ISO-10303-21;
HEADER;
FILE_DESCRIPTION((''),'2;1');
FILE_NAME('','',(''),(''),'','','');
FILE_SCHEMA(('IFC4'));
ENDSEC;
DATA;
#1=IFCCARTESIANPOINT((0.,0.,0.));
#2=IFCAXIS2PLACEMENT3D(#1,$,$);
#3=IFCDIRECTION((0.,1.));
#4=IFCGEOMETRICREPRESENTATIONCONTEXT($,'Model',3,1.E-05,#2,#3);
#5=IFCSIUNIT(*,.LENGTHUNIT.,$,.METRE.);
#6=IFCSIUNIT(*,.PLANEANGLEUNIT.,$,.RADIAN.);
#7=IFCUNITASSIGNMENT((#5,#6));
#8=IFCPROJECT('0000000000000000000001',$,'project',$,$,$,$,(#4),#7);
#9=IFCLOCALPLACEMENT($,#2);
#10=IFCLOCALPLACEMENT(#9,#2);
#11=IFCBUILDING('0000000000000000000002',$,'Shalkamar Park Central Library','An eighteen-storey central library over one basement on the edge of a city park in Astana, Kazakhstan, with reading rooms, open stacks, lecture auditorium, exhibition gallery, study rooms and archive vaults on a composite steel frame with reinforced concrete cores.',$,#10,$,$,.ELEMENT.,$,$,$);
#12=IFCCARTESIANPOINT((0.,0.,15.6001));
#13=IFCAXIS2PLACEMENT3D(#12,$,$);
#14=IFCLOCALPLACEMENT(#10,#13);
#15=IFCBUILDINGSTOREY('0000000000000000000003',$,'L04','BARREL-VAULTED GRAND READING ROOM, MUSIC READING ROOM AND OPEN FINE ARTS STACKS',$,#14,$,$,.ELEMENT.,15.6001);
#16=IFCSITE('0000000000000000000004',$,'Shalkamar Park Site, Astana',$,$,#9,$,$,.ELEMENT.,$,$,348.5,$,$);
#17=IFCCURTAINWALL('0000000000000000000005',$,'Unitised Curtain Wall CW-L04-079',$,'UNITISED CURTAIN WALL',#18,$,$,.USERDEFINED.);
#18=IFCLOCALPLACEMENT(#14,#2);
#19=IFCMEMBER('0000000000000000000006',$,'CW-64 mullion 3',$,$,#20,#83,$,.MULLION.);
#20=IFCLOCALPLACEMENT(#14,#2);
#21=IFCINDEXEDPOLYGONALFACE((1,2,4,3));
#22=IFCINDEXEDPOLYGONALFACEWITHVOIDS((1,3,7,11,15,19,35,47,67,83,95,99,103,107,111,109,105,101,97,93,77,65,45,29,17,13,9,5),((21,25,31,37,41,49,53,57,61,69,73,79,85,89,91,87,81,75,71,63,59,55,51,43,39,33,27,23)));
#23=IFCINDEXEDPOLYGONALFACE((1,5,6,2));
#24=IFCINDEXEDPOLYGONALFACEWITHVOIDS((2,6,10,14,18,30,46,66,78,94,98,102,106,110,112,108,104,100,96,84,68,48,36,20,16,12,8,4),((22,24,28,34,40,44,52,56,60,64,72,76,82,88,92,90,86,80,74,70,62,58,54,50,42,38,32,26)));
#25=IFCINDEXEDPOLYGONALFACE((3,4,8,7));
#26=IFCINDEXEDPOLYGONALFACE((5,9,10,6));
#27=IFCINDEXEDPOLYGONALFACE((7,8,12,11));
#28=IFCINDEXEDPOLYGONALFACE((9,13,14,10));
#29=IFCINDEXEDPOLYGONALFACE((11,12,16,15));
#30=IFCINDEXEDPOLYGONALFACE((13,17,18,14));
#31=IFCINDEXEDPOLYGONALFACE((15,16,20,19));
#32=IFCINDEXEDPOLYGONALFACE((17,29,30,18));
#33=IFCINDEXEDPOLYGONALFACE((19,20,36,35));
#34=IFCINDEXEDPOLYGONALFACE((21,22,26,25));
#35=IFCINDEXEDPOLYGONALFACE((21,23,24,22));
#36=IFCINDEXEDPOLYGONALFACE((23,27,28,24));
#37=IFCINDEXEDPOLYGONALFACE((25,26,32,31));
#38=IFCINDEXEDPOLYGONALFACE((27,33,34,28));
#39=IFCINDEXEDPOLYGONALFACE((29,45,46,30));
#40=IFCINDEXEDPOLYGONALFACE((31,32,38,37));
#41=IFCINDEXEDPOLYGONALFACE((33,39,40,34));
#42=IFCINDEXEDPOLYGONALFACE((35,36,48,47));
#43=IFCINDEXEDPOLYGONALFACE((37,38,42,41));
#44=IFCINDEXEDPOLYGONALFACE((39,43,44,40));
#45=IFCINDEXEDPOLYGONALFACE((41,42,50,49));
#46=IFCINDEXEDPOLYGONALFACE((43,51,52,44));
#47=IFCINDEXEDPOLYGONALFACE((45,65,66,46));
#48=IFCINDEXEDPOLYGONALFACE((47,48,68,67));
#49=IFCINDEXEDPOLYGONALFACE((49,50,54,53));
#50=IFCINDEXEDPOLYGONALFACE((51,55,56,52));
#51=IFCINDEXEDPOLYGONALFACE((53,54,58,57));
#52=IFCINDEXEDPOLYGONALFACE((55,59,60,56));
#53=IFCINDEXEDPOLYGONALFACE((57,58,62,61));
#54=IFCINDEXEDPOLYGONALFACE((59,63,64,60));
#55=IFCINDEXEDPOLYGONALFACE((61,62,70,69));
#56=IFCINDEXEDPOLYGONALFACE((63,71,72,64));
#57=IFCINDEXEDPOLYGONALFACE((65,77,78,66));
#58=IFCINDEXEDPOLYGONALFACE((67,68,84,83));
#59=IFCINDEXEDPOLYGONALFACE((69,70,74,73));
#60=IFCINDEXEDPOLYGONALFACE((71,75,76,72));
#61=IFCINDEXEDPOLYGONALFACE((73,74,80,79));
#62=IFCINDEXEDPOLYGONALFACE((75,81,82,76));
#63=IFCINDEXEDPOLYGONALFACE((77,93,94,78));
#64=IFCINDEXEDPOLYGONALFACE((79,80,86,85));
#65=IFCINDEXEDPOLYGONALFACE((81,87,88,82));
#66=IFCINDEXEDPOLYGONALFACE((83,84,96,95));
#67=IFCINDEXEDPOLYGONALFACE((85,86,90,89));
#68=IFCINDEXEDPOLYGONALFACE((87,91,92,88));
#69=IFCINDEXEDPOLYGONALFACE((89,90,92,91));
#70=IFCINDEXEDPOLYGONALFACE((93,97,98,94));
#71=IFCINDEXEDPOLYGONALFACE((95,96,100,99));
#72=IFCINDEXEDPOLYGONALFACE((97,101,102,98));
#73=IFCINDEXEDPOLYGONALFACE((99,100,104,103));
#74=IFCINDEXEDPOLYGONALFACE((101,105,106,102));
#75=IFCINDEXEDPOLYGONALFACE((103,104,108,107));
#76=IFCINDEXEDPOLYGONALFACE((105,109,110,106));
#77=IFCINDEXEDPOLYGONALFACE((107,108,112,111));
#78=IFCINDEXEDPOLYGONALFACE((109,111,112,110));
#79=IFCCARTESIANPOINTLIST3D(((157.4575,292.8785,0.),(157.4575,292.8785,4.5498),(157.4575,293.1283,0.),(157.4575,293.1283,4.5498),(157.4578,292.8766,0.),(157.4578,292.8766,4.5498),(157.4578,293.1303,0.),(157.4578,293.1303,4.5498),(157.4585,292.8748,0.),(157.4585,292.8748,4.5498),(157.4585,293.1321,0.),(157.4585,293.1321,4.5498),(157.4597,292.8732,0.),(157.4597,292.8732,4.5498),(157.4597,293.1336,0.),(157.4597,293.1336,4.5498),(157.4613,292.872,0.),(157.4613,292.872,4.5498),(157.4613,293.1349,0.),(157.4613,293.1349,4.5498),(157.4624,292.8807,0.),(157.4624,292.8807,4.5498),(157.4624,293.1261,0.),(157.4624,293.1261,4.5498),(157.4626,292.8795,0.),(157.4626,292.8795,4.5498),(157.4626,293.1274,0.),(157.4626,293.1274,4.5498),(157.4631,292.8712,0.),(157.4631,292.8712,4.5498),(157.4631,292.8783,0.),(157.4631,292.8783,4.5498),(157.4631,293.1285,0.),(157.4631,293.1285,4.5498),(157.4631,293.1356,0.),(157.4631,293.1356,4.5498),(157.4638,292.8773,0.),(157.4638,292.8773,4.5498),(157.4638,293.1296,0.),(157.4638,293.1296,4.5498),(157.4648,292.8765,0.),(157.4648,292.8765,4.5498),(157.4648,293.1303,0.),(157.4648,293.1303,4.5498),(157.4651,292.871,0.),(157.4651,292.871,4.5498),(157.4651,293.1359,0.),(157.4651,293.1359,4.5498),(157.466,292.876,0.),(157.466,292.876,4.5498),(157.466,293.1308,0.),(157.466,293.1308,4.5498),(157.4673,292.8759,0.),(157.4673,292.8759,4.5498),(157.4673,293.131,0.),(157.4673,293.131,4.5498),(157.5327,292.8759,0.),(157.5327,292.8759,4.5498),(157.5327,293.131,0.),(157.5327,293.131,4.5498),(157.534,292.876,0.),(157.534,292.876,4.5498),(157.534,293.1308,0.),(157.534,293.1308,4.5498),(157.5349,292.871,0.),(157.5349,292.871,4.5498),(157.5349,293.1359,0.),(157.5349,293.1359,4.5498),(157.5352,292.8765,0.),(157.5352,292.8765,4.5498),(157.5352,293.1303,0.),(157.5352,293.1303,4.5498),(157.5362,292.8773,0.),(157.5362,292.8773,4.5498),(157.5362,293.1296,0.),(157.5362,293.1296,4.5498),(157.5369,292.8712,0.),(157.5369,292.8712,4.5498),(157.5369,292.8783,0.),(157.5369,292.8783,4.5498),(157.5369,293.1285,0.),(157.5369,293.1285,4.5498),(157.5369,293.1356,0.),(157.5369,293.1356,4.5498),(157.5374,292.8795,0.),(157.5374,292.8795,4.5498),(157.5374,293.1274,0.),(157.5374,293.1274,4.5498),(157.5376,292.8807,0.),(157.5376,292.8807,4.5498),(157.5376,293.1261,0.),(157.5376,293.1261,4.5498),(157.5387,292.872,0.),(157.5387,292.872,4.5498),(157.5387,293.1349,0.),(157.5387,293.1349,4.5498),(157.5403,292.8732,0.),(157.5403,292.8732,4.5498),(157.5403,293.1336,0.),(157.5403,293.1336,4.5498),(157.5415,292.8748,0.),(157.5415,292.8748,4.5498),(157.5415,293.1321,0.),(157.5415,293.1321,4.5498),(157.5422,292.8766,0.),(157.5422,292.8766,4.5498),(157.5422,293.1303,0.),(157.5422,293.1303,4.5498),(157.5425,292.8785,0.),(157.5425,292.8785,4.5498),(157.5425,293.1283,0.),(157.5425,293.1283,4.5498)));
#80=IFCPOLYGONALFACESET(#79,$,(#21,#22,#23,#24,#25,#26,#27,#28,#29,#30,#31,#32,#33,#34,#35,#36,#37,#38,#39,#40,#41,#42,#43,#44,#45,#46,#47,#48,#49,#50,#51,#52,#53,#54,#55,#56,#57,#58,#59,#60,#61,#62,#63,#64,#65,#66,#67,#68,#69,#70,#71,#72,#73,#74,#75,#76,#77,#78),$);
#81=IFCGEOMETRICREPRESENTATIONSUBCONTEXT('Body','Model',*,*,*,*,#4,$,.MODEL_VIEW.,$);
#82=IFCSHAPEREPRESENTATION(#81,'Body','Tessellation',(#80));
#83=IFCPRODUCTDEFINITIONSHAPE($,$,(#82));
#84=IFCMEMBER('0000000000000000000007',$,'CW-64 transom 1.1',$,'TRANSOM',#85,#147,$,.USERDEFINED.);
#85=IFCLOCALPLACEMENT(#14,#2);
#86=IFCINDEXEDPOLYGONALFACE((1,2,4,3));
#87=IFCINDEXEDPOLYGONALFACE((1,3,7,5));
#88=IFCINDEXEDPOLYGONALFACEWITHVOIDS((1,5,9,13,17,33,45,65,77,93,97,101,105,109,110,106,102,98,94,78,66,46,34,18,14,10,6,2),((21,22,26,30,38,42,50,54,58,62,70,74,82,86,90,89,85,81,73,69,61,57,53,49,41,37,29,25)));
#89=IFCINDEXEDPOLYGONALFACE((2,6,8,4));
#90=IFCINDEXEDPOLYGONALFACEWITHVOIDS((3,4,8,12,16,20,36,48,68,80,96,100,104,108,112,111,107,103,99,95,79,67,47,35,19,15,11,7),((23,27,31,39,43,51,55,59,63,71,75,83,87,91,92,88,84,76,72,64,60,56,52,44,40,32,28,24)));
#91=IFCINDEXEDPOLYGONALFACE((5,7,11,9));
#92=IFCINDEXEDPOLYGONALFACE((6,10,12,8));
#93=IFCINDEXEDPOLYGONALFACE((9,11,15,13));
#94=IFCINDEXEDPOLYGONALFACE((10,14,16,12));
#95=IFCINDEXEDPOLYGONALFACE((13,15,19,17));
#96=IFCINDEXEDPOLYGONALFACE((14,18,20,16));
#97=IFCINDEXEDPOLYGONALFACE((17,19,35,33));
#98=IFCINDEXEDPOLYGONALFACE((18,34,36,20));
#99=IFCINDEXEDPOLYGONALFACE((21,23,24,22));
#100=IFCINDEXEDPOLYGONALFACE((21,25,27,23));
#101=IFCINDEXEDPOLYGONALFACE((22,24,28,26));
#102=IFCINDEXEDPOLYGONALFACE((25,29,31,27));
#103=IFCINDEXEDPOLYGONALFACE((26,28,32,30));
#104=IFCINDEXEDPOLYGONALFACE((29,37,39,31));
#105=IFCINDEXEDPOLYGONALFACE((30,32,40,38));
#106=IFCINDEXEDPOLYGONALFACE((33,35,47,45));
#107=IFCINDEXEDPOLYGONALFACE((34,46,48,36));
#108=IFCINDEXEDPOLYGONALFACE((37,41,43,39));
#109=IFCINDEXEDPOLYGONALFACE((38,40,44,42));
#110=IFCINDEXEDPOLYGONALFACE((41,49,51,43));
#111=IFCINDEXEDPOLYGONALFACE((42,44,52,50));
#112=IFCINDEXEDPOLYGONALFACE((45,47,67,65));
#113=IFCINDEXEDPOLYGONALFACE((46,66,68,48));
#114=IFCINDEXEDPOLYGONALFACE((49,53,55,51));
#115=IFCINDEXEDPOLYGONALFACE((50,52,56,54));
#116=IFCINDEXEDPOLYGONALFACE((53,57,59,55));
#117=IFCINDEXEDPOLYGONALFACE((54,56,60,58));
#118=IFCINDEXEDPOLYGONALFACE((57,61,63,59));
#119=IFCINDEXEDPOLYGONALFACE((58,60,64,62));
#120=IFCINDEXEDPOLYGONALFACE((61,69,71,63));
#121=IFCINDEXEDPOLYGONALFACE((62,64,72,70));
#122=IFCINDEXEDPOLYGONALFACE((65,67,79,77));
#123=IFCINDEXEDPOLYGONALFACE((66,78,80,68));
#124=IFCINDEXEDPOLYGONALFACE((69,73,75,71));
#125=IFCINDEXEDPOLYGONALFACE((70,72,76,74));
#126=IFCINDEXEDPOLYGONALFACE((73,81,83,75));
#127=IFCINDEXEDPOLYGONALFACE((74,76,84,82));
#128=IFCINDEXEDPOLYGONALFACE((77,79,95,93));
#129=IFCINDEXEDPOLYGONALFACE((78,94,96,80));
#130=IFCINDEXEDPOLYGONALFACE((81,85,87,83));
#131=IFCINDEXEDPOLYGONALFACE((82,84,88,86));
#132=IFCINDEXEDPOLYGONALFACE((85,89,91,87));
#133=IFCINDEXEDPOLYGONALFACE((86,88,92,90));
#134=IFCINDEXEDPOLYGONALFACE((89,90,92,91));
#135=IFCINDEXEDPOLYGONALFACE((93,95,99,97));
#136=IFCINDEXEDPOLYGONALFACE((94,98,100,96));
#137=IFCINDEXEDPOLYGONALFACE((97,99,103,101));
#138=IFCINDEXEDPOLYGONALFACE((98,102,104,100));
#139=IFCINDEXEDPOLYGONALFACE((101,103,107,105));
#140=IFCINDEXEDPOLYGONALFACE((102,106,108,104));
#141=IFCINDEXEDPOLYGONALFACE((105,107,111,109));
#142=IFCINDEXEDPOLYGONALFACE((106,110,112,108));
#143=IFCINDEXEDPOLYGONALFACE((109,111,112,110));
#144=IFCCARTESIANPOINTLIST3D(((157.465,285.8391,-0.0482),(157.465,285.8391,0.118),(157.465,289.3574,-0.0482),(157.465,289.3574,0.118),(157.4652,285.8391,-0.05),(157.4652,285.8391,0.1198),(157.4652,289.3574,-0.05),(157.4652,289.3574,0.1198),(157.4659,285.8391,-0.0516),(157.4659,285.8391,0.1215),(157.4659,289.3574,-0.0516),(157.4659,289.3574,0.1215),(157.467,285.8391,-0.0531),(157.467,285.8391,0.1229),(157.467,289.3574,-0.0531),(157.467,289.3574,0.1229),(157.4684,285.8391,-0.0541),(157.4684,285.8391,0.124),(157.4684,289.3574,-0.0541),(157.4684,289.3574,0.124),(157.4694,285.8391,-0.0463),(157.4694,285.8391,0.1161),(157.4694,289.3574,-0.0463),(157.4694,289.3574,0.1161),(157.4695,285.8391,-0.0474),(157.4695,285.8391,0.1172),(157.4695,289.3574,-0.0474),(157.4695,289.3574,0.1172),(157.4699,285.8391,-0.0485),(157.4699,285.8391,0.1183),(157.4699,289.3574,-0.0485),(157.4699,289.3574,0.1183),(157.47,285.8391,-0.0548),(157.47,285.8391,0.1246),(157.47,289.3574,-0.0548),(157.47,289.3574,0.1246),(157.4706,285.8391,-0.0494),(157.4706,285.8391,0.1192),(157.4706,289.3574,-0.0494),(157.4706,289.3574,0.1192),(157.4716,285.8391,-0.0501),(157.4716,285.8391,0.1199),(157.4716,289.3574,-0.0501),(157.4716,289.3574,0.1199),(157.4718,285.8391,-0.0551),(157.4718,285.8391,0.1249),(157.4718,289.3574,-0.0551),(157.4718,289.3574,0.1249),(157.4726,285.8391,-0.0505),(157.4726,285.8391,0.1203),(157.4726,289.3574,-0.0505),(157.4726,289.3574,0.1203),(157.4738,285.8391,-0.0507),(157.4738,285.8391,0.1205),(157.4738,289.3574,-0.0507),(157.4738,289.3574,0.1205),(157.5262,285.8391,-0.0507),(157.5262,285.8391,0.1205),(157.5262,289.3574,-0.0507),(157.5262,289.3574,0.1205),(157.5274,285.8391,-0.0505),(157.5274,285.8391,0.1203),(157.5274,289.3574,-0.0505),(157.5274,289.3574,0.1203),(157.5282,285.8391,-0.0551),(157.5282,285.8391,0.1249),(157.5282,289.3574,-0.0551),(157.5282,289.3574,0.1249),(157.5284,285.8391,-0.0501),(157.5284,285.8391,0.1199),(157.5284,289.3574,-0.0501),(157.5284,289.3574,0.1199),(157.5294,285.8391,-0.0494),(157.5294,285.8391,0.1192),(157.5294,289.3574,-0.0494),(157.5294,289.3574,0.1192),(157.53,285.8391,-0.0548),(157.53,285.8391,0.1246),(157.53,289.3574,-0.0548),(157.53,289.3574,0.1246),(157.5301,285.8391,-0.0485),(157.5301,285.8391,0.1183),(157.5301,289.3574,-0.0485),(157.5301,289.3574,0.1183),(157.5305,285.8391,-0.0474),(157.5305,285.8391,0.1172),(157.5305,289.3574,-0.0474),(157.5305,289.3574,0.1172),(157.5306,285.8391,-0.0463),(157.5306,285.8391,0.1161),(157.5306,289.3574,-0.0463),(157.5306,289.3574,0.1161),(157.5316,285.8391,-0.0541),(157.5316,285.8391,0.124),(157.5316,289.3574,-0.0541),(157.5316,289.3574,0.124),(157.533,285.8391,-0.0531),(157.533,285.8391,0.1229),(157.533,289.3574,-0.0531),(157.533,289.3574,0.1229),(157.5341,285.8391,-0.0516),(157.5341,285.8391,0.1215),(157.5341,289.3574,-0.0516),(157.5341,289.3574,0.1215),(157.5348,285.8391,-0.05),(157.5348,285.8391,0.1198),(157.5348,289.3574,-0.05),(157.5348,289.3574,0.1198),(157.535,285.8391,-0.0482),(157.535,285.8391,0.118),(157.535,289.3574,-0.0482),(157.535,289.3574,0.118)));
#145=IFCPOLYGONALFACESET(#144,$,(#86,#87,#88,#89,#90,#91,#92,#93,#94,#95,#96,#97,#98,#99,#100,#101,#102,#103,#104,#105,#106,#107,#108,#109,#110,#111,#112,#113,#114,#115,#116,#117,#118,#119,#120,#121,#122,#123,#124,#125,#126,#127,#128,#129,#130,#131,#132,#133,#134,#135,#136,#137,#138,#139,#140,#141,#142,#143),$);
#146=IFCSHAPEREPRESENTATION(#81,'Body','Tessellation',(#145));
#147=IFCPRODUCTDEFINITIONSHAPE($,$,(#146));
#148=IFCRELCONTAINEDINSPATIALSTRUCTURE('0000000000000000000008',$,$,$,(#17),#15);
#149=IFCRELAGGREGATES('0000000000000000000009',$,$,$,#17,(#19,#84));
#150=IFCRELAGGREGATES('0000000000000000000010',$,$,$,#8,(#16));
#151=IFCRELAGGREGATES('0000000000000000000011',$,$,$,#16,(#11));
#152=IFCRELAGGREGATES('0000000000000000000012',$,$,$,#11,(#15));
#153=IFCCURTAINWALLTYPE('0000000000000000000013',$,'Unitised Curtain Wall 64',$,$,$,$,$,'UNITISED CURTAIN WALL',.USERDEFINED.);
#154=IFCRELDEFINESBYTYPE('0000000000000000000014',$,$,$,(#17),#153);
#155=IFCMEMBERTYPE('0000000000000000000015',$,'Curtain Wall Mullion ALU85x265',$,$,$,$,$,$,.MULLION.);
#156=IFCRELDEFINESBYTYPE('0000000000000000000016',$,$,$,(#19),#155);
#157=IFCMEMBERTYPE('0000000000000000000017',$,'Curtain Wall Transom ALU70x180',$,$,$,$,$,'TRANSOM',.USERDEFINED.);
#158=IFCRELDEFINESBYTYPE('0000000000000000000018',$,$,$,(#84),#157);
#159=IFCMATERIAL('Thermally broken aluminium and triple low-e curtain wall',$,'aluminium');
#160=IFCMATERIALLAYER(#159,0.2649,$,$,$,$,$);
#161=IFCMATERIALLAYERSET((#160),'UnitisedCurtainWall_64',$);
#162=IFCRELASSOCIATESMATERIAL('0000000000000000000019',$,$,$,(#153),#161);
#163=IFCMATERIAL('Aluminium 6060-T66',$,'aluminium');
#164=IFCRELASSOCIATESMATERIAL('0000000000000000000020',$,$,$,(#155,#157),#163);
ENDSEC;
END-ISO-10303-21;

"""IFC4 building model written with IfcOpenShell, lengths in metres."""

from ifc_helpers import new_model, si_unit, direction, frame, origin, origin_2d, place, context, subcontext, project, spatial, hollow_rectangle, extrude, material, layer, layer_set, material_profile, profile_set, type_object, element, aggregate, save


model = new_model("IFC4")

# Units and contexts
model_context = context("Model", 3, precision=1e-05, world=origin(), true_north=direction((0.0, 1.0)))
body_context = subcontext(model_context, "Body", "Model", "MODEL_VIEW")
ifc_project = project(units=[si_unit("LENGTHUNIT", "METRE"), si_unit("PLANEANGLEUNIT", "RADIAN")], contexts=[model_context])

# Site, building, storey
site_placement = place(None, origin())
site = spatial("IfcSite", under=ifc_project, at=site_placement, Name="Shalkamar Park Site, Astana", CompositionType="ELEMENT", RefElevation=348.5)
building_placement = place(site_placement, origin())
building = spatial("IfcBuilding", under=site, at=building_placement, Name="Shalkamar Park Central Library", Description="An eighteen-storey central library over one basement on the edge of a city park in Astana, Kazakhstan, with reading rooms, open stacks, lecture auditorium, exhibition gallery, study rooms and archive vaults on a composite steel frame with reinforced concrete cores.", CompositionType="ELEMENT")
storey_placement = place(building_placement, frame((0.0, 0.0, 15.6001)))
storey = spatial("IfcBuildingStorey", under=building, at=storey_placement, Name="L04", Description="BARREL-VAULTED GRAND READING ROOM, MUSIC READING ROOM AND OPEN FINE ARTS STACKS", CompositionType="ELEMENT", Elevation=15.6001)

# Curtain wall, members
ifc_material_1 = material(Name="Thermally broken aluminium and triple low-e curtain wall", Category="aluminium")
ifc_layer_1 = layer(ifc_material_1, 0.2649)
ifc_layer_set_1 = layer_set([ifc_layer_1], Name="UnitisedCurtainWall_64")
curtain_wall_type = type_object("IfcCurtainWallType", Name="Unitised Curtain Wall 64", ElementType="UNITISED CURTAIN WALL", PredefinedType="USERDEFINED", material=ifc_layer_set_1)
curtain_wall_placement = place(storey_placement, origin())
curtain_wall = element("IfcCurtainWall", 1, at=curtain_wall_placement, inside=storey, type_object=curtain_wall_type, Name="Unitised Curtain Wall CW-L04-079", ObjectType="UNITISED CURTAIN WALL", PredefinedType="USERDEFINED")
ifc_material_2 = material(Name="Aluminium 6060-T66", Category="aluminium")
ifc_material_profile_1 = material_profile(ifc_material_2, hollow_rectangle(XDim=0.085, YDim=0.2649, WallThickness=0.0049, InnerFilletRadius=0.0049, OuterFilletRadius=0.0076, at=origin_2d()), Name="ALU 85x265x5")
ifc_profile_set_1 = profile_set([ifc_material_profile_1], Name="Aluminium 6060-T66")
member_type_1 = type_object("IfcMemberType", Name="Curtain Wall Mullion ALU85x265", PredefinedType="MULLION", material=ifc_profile_set_1)
member_1_placement = place(storey_placement, frame((157.5, 293.0034, 0.0), z_axis=(0.0, 0.0, 1.0), x_axis=(-1.0, 0.0, 0.0)))
member_1 = element("IfcMember", 2, at=member_1_placement, type_object=member_type_1, Name="CW-64 mullion 3", PredefinedType="MULLION", context=body_context, shape_type="SweptSolid", body=[
    extrude(hollow_rectangle(XDim=0.085, YDim=0.2649, WallThickness=0.0049, InnerFilletRadius=0.0049, OuterFilletRadius=0.0076, at=origin_2d()), origin(), (0.0, 0.0, 1.0), 4.5498),
])
ifc_material_profile_2 = material_profile(ifc_material_2, hollow_rectangle(XDim=0.0701, YDim=0.1799, WallThickness=0.0044, InnerFilletRadius=0.0044, OuterFilletRadius=0.0068, at=origin_2d()), Name="ALU 70x180x4.5")
ifc_profile_set_2 = profile_set([ifc_material_profile_2], Name="Aluminium 6060-T66")
member_type_2 = type_object("IfcMemberType", Name="Curtain Wall Transom ALU70x180", ElementType="TRANSOM", PredefinedType="USERDEFINED", material=ifc_profile_set_2)
member_2_placement = place(storey_placement, frame((157.5, 285.8391, 0.0349), z_axis=(0.0, 1.0, 0.0), x_axis=(-1.0, 0.0, 0.0)))
member_2 = element("IfcMember", 3, at=member_2_placement, type_object=member_type_2, Name="CW-64 transom 1.1", ObjectType="TRANSOM", PredefinedType="USERDEFINED", context=body_context, shape_type="SweptSolid", body=[
    extrude(hollow_rectangle(XDim=0.0701, YDim=0.1799, WallThickness=0.0044, InnerFilletRadius=0.0044, OuterFilletRadius=0.0068, at=origin_2d()), origin(), (0.0, 0.0, 1.0), 3.5183),
])

aggregate(curtain_wall, [member_1, member_2])

save(model, "model.ifc")
